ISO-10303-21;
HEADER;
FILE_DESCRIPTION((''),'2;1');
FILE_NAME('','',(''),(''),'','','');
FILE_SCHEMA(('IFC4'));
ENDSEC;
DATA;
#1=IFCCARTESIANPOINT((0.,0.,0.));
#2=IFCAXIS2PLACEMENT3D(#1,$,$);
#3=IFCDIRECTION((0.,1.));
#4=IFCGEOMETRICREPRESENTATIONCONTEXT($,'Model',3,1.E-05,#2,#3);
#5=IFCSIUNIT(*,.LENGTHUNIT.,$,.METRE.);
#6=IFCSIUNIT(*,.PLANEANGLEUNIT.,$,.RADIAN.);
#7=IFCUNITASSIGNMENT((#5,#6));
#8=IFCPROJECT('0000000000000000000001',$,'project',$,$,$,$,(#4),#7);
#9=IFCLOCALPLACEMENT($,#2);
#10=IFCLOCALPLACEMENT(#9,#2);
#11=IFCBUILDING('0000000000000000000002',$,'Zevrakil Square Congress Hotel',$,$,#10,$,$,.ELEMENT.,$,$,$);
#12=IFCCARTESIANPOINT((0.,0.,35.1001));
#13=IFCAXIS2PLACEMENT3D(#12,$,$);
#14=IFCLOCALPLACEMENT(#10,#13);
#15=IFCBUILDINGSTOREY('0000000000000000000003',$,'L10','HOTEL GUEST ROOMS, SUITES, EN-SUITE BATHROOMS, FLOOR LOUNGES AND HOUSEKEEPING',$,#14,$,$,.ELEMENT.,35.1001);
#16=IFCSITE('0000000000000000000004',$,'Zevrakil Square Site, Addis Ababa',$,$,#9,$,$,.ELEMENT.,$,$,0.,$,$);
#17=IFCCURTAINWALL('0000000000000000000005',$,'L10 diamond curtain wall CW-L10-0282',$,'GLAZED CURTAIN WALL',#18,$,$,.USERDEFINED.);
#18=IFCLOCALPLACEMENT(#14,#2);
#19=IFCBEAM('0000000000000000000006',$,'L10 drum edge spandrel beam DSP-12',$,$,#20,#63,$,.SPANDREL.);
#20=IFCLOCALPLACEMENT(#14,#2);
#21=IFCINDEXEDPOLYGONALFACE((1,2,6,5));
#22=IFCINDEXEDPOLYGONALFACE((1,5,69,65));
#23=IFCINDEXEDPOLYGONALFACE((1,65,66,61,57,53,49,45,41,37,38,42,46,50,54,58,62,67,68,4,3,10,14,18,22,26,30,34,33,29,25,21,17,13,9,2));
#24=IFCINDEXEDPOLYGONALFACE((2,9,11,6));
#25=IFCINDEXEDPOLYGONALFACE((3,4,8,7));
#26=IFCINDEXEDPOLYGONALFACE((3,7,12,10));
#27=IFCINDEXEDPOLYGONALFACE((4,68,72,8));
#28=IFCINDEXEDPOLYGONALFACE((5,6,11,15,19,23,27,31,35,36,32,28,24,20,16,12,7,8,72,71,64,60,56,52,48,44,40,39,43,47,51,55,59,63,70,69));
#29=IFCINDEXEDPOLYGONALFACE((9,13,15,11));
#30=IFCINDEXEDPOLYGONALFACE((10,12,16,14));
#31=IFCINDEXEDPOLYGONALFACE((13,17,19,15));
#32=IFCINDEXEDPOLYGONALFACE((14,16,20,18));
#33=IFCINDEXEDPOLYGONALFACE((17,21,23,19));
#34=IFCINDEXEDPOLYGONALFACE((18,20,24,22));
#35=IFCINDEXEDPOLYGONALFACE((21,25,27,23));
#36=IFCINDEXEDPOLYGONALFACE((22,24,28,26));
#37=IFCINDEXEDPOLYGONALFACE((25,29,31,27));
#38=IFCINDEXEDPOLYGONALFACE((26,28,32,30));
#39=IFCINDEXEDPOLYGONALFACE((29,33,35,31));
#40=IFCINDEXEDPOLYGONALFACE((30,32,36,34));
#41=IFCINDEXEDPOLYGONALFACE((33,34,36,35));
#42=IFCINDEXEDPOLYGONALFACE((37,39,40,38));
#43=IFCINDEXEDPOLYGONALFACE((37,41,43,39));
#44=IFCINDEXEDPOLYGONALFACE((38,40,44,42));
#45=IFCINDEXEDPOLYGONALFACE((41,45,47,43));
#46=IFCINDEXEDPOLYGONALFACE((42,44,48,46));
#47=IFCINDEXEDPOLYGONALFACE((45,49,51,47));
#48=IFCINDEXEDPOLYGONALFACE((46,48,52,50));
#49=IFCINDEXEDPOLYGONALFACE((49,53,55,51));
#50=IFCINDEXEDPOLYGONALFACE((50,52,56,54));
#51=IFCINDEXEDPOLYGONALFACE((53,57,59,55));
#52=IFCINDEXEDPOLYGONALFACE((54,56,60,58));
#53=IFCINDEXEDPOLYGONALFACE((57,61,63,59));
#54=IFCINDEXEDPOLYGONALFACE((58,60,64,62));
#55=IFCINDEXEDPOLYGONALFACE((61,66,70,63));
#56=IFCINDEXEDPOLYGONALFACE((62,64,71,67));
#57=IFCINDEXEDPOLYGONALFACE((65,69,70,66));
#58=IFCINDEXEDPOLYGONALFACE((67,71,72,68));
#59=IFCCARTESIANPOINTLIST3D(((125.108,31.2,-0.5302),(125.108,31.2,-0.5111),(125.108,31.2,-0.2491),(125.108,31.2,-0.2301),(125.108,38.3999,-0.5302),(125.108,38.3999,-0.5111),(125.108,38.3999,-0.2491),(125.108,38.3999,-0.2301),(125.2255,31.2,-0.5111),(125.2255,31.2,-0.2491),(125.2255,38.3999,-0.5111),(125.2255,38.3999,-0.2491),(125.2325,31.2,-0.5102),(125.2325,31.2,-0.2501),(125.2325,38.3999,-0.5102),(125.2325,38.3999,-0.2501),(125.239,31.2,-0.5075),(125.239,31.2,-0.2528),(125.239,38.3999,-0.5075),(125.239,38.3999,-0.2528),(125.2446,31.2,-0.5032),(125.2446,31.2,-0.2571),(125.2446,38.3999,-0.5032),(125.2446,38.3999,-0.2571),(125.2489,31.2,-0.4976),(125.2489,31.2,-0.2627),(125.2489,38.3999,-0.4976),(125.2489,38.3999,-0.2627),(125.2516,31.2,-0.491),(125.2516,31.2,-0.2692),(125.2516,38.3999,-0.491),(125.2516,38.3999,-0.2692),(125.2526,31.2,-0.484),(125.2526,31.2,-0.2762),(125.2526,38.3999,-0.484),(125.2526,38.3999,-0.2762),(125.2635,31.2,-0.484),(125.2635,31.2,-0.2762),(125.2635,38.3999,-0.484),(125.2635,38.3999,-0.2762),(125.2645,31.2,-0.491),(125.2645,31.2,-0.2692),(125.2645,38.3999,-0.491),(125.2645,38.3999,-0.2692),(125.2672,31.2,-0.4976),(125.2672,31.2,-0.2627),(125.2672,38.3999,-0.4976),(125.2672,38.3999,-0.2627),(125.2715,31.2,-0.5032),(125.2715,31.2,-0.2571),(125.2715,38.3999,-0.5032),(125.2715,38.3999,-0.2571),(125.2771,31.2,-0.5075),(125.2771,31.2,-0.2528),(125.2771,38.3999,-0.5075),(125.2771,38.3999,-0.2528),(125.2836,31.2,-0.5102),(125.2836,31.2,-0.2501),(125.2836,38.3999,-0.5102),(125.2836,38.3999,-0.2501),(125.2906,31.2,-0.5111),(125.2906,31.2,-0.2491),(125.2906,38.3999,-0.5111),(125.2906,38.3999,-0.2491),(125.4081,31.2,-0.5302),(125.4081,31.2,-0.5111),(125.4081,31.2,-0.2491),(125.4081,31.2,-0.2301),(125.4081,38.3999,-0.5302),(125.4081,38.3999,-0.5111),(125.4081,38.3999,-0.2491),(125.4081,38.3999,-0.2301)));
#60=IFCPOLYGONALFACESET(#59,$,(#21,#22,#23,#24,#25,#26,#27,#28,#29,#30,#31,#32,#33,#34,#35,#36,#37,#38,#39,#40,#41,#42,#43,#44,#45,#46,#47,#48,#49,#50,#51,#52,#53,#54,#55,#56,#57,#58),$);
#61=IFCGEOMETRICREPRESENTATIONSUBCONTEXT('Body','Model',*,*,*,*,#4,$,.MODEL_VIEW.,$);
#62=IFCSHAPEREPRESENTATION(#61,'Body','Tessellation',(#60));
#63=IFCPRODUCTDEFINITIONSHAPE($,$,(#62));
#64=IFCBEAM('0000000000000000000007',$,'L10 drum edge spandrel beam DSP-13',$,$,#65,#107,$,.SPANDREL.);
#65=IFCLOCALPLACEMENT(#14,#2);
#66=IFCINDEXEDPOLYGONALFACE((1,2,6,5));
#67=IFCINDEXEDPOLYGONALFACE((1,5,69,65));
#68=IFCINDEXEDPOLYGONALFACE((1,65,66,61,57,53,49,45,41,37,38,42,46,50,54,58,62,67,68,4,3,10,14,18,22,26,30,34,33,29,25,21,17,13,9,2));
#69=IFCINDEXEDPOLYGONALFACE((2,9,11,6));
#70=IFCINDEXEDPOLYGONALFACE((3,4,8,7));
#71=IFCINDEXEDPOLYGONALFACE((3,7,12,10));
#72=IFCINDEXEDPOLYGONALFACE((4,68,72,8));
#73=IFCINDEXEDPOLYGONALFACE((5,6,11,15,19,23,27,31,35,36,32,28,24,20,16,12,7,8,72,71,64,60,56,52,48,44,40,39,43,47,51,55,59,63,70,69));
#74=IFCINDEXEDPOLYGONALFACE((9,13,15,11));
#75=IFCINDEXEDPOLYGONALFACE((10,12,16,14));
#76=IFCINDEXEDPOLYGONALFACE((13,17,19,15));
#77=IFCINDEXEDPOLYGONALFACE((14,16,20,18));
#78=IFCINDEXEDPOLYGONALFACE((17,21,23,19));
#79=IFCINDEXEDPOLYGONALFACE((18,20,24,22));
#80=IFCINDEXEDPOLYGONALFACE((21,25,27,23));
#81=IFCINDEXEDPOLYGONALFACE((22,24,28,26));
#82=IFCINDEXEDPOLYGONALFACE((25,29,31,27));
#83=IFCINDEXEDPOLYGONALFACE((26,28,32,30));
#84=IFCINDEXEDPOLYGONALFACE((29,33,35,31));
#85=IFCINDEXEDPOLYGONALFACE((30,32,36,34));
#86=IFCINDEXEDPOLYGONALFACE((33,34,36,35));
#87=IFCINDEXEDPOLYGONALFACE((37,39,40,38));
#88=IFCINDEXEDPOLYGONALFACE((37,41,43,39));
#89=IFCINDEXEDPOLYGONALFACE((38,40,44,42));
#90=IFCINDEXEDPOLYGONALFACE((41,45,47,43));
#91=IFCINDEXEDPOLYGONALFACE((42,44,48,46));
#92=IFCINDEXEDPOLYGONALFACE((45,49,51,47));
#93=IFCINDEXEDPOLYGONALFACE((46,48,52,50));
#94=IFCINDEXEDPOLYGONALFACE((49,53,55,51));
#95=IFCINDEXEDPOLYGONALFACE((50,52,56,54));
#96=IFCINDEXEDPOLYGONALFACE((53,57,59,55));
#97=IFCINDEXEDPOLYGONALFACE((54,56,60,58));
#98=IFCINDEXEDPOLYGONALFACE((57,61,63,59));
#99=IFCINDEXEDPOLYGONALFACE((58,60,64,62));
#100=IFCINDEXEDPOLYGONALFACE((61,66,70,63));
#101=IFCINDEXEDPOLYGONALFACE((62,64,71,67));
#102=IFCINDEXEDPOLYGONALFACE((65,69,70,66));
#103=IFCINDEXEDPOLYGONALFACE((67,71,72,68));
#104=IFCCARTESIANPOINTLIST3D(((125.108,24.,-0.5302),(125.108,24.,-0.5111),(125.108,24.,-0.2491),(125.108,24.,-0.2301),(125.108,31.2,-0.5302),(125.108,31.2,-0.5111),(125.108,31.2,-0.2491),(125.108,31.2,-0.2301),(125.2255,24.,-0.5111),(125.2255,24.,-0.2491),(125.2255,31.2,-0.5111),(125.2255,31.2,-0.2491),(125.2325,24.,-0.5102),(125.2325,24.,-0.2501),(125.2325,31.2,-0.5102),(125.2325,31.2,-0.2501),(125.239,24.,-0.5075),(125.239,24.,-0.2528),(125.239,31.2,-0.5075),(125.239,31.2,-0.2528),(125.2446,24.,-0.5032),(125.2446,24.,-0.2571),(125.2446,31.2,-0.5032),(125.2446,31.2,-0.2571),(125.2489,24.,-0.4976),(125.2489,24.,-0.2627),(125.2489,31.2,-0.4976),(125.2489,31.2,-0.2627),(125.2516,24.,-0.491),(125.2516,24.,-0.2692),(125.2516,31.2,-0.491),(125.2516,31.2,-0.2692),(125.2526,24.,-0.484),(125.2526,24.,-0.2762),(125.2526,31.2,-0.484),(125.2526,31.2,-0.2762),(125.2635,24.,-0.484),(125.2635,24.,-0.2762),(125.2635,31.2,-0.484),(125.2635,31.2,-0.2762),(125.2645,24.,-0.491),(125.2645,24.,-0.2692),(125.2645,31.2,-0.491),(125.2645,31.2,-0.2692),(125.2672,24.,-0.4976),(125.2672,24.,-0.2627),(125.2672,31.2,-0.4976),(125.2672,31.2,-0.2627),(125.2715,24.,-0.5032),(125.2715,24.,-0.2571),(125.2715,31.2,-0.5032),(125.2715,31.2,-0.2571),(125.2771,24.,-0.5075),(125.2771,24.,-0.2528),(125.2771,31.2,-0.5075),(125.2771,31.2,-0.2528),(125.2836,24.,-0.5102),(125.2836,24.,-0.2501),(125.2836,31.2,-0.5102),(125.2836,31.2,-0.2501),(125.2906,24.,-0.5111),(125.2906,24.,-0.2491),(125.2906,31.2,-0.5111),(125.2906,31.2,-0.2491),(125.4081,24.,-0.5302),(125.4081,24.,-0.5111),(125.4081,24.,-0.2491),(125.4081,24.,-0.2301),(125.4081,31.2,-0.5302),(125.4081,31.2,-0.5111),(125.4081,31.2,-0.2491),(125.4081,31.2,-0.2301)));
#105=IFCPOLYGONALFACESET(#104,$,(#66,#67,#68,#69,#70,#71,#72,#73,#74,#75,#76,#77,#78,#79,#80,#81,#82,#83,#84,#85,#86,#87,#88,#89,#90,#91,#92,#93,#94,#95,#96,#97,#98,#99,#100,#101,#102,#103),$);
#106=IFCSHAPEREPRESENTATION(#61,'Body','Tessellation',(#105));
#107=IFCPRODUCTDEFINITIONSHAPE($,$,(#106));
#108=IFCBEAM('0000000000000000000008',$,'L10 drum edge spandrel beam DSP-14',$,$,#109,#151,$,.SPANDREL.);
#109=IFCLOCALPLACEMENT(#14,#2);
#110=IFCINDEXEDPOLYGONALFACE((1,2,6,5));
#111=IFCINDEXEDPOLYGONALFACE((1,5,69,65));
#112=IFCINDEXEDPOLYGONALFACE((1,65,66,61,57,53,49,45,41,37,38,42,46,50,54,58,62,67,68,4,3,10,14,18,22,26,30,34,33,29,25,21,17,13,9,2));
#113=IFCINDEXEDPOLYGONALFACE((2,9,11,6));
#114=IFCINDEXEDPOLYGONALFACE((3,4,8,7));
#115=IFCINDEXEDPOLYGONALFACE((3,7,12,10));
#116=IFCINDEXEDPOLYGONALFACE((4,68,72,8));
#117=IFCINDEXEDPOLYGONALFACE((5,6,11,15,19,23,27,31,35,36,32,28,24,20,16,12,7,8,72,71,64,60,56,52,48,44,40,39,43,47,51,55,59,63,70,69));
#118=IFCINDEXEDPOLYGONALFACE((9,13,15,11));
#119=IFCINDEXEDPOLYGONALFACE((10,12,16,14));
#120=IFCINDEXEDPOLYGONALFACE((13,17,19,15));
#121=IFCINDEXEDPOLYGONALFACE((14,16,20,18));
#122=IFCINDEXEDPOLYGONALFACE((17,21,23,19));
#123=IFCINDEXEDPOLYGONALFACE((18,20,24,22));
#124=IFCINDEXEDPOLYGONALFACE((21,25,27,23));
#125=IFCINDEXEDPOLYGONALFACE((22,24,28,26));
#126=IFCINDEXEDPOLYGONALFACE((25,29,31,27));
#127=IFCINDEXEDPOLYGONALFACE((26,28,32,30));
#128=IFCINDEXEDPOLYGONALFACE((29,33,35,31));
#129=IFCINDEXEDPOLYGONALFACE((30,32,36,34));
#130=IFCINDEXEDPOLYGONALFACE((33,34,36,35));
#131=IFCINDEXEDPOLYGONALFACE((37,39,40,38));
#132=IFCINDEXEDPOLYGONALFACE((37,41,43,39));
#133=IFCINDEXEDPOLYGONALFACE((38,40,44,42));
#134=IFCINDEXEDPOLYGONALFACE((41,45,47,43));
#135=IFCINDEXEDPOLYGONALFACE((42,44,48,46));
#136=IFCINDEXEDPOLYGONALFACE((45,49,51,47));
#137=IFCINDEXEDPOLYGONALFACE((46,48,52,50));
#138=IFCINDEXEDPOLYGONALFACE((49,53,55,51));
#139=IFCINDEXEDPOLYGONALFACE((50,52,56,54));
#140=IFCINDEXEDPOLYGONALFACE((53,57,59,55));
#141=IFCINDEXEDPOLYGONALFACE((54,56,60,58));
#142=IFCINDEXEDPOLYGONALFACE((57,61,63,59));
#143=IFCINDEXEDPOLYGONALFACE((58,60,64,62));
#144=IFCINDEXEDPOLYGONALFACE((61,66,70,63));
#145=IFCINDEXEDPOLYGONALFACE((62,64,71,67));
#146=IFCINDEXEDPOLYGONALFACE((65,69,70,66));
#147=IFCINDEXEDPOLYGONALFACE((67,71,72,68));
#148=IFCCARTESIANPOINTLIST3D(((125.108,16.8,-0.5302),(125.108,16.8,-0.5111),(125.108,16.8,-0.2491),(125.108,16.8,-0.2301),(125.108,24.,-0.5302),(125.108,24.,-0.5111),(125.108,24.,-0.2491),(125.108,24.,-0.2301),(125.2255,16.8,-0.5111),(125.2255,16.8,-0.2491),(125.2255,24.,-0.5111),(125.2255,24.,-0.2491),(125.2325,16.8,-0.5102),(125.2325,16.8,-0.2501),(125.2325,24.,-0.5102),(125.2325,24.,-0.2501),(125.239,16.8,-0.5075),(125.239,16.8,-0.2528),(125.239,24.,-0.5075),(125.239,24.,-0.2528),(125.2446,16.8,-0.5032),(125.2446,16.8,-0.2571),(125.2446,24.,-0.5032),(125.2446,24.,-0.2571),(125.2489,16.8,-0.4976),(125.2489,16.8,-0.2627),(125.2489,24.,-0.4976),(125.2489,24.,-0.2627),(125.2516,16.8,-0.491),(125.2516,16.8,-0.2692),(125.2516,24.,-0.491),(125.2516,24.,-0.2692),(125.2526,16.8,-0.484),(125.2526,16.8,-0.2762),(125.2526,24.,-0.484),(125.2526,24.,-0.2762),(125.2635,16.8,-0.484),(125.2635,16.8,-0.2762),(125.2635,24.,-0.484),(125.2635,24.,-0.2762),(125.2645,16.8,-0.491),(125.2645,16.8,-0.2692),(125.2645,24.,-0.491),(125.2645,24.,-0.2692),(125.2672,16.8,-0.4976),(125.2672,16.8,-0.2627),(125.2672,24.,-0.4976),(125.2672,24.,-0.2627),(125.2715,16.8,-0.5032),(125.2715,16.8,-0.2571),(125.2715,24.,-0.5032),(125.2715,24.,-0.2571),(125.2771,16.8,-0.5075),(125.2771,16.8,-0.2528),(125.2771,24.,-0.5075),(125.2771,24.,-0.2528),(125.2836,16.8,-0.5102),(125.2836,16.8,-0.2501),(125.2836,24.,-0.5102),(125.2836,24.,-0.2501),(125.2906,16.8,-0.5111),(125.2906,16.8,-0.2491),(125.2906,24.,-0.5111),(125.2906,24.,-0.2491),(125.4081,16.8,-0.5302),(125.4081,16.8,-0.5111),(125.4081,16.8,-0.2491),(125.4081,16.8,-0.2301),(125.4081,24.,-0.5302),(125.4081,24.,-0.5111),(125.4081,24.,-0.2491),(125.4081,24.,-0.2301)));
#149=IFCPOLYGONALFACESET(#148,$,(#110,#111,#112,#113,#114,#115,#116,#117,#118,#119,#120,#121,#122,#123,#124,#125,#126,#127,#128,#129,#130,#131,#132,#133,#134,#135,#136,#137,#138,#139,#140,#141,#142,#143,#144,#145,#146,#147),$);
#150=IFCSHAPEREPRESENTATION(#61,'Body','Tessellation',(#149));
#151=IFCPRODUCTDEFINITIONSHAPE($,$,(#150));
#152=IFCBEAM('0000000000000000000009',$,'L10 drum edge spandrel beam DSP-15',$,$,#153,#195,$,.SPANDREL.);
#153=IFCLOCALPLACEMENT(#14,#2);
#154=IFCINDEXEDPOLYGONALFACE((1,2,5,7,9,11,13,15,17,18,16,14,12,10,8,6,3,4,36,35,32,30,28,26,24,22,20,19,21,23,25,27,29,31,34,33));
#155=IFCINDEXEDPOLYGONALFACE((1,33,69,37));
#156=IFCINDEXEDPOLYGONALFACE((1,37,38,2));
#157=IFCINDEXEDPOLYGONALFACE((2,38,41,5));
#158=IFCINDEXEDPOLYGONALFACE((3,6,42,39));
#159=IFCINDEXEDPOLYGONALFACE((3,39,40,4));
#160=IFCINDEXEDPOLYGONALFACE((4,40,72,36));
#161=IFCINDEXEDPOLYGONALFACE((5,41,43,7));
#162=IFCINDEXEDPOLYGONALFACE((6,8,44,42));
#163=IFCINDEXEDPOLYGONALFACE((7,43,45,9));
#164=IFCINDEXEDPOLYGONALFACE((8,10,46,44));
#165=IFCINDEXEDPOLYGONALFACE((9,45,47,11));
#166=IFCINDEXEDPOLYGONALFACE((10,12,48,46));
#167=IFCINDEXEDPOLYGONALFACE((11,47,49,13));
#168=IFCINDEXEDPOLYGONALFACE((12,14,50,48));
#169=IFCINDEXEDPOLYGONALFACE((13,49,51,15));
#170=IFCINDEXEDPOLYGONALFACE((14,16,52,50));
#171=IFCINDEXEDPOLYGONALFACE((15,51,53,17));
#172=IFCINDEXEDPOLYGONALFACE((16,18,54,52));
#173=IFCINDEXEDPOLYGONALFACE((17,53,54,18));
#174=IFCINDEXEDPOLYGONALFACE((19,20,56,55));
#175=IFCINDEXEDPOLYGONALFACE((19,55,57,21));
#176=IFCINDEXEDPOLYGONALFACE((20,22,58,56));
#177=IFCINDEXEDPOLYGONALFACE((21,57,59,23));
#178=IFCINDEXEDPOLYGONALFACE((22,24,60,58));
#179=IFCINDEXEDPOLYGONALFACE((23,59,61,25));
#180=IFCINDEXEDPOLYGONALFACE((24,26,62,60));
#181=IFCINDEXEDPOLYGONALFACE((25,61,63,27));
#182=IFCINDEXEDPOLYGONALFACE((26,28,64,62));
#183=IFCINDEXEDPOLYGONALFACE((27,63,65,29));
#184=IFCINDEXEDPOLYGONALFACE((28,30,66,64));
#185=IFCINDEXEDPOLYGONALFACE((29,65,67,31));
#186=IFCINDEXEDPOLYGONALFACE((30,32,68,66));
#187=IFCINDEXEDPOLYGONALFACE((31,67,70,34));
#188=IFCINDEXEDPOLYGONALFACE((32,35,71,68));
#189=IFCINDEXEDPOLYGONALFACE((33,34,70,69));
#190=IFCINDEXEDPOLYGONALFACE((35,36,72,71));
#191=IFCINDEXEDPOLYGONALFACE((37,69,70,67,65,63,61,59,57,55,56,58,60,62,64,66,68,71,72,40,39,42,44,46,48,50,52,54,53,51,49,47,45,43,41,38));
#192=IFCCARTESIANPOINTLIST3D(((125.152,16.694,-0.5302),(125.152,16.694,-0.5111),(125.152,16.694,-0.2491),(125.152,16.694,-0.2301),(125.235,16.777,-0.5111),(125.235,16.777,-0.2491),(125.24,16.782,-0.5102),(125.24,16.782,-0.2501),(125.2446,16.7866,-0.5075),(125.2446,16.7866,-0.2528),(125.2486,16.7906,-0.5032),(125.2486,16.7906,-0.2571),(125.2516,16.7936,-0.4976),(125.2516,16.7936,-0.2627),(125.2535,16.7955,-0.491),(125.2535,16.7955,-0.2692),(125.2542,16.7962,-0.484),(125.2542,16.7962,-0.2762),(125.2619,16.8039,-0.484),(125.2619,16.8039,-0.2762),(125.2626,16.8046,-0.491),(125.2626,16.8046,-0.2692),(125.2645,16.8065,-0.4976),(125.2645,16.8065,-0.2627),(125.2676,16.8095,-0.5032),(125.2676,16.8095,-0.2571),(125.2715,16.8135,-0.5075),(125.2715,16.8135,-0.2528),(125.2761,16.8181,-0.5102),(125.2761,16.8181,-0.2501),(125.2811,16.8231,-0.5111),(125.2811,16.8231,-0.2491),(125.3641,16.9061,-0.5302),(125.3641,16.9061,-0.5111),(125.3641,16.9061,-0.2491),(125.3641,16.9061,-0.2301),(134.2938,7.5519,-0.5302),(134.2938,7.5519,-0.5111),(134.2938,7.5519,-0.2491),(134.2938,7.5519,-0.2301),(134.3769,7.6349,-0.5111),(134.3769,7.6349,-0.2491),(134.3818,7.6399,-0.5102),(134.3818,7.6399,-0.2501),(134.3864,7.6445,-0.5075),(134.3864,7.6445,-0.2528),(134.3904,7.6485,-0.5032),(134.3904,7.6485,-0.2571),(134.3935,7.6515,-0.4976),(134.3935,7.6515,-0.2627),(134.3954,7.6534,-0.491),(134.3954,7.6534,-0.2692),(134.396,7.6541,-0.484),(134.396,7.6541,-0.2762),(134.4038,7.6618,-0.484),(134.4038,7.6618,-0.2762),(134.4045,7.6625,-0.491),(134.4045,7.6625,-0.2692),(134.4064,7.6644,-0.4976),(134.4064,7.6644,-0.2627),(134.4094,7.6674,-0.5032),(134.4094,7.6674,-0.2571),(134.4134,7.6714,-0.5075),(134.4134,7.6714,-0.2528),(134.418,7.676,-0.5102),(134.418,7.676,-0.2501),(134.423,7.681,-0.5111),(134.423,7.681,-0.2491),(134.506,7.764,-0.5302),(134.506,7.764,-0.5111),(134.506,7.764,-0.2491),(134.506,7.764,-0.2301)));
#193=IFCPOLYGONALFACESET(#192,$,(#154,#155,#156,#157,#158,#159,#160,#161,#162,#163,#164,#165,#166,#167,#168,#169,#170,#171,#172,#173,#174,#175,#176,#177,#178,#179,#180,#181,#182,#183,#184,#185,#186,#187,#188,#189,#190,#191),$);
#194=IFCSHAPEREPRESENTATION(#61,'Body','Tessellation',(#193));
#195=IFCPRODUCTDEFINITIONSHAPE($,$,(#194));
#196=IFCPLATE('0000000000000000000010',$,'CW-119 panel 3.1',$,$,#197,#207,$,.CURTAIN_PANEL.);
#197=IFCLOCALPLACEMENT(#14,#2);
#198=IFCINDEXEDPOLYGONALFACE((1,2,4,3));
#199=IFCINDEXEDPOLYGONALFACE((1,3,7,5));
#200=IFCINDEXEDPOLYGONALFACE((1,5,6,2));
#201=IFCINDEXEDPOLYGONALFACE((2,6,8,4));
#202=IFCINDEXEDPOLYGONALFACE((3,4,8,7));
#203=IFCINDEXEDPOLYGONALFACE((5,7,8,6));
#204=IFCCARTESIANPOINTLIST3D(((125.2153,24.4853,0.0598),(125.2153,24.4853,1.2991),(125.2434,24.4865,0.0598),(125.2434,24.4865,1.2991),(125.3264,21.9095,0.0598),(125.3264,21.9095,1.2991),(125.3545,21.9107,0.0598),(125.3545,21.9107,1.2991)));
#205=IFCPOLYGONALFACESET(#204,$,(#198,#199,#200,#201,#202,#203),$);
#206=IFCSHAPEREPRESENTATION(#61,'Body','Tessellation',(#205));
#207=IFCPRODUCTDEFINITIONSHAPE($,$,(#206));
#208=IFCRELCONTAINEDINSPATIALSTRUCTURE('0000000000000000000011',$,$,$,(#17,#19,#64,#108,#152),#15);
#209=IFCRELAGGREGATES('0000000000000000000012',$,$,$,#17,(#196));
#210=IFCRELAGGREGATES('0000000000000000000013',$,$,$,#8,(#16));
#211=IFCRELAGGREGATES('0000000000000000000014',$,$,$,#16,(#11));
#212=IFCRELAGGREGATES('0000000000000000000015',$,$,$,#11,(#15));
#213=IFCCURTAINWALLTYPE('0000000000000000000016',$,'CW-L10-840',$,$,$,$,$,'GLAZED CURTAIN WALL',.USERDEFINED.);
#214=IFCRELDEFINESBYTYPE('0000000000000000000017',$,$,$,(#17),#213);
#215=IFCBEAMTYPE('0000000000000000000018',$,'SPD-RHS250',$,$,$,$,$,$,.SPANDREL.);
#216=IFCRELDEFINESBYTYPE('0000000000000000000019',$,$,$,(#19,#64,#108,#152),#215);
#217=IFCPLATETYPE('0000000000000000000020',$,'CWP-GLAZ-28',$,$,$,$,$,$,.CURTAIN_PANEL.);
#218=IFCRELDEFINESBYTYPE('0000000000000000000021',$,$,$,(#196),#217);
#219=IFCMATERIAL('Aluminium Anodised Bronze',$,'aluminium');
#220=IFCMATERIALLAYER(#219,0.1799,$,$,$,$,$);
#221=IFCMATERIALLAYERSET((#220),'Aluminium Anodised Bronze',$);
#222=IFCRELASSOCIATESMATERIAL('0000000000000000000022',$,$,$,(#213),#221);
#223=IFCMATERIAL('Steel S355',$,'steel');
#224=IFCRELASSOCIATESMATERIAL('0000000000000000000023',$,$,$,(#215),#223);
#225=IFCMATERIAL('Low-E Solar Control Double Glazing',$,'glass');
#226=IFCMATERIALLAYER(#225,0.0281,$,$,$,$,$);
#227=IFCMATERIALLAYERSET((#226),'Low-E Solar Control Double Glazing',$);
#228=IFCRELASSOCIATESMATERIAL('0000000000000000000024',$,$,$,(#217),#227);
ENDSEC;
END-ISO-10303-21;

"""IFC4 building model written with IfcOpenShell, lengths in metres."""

from ifc_helpers import new_model, si_unit, direction, frame, origin, origin_2d, place, context, subcontext, project, spatial, rectangle, i_section, extrude, material, layer, layer_set, material_profile, profile_set, type_object, element, aggregate, save


model = new_model("IFC4")

# Units and contexts
model_context = context("Model", 3, precision=1e-05, world=origin(), true_north=direction((0.0, 1.0)))
body_context = subcontext(model_context, "Body", "Model", "MODEL_VIEW")
ifc_project = project(units=[si_unit("LENGTHUNIT", "METRE"), si_unit("PLANEANGLEUNIT", "RADIAN")], contexts=[model_context])

# Site, building, storey
site_placement = place(None, origin())
site = spatial("IfcSite", under=ifc_project, at=site_placement, Name="Zevrakil Square Site, Addis Ababa", CompositionType="ELEMENT", RefElevation=0.0)
building_placement = place(site_placement, origin())
building = spatial("IfcBuilding", under=site, at=building_placement, Name="Zevrakil Square Congress Hotel", CompositionType="ELEMENT")
storey_placement = place(building_placement, frame((0.0, 0.0, 35.1001)))
storey = spatial("IfcBuildingStorey", under=building, at=storey_placement, Name="L10", Description="HOTEL GUEST ROOMS, SUITES, EN-SUITE BATHROOMS, FLOOR LOUNGES AND HOUSEKEEPING", CompositionType="ELEMENT", Elevation=35.1001)

# Curtain wall
ifc_material_1 = material(Name="Aluminium Anodised Bronze", Category="aluminium")
ifc_layer_1 = layer(ifc_material_1, 0.1799)
ifc_layer_set_1 = layer_set([ifc_layer_1], Name="Aluminium Anodised Bronze")
curtain_wall_type_1 = type_object("IfcCurtainWallType", Name="CW-L10-840", ElementType="GLAZED CURTAIN WALL", PredefinedType="USERDEFINED", material=ifc_layer_set_1)
curtain_wall_1_placement = place(storey_placement, origin())
curtain_wall_1 = element("IfcCurtainWall", 1, at=curtain_wall_1_placement, inside=storey, type_object=curtain_wall_type_1, Name="L10 diamond curtain wall CW-L10-0282", ObjectType="GLAZED CURTAIN WALL", PredefinedType="USERDEFINED")

# Beams
ifc_material_2 = material(Name="Steel S355", Category="steel")
ifc_material_profile_1 = material_profile(ifc_material_2, i_section(OverallWidth=0.3, OverallDepth=0.3, WebThickness=0.011, FlangeThickness=0.019, FilletRadius=0.0271, at=origin_2d()), Name="HEB 300")
ifc_profile_set_1 = profile_set([ifc_material_profile_1], Name="Steel S355")
beam_type = type_object("IfcBeamType", Name="SPD-RHS250", PredefinedType="SPANDREL", material=ifc_profile_set_1)
for number, where, z_axis, x_axis, name in (
    (2, (125.2581, 38.3999, -0.3801), (0.0, -1.0, 0.0), (1.0, 0.0, 0.0), "L10 drum edge spandrel beam DSP-12"),
    (3, (125.2581, 31.2, -0.3801), (0.0, -1.0, 0.0), (1.0, 0.0, 0.0), "L10 drum edge spandrel beam DSP-13"),
    (4, (125.2581, 24.0, -0.3801), (0.0, -1.0, 0.0), (1.0, 0.0, 0.0), "L10 drum edge spandrel beam DSP-14"),
):
    element("IfcBeam", number, at=place(storey_placement, frame(where, z_axis=z_axis, x_axis=x_axis)), inside=storey, type_object=beam_type, Name=name, PredefinedType="SPANDREL", context=body_context, shape_type="SweptSolid", body=[
        extrude(i_section(OverallWidth=0.3, OverallDepth=0.3, WebThickness=0.011, FlangeThickness=0.019, FilletRadius=0.0271, at=origin_2d()), origin(), (0.0, 0.0, 1.0), 7.2),
    ])
beam_placement = place(storey_placement, frame((125.2581, 16.8, -0.3801), z_axis=(0.707097, -0.707116, 0.0), x_axis=(0.707116, 0.707097, 0.0)))
element("IfcBeam", 5, at=beam_placement, inside=storey, type_object=beam_type, Name="L10 drum edge spandrel beam DSP-15", PredefinedType="SPANDREL", context=body_context, shape_type="SweptSolid", body=[
    extrude(i_section(OverallWidth=0.3, OverallDepth=0.3, WebThickness=0.011, FlangeThickness=0.019, FilletRadius=0.0271, at=origin_2d()), origin(), (0.0, 0.0, 1.0), 12.9287),
])

# Plate
ifc_material_3 = material(Name="Low-E Solar Control Double Glazing", Category="glass")
ifc_layer_2 = layer(ifc_material_3, 0.0281)
ifc_layer_set_2 = layer_set([ifc_layer_2], Name="Low-E Solar Control Double Glazing")
plate_type_1 = type_object("IfcPlateType", Name="CWP-GLAZ-28", PredefinedType="CURTAIN_PANEL", material=ifc_layer_set_2)
plate_1_placement = place(storey_placement, frame((125.2849, 23.198, 0.0598), z_axis=(0.0, 0.0, 1.0), x_axis=(0.043102, -0.999071, 0.0)))
plate_1 = element("IfcPlate", 6, at=plate_1_placement, type_object=plate_type_1, Name="CW-119 panel 3.1", PredefinedType="CURTAIN_PANEL", context=body_context, shape_type="SweptSolid", body=[
    extrude(rectangle(XDim=2.5781, YDim=0.0281, at=origin_2d()), origin(), (0.0, 0.0, 1.0), 1.2393),
])
aggregate(curtain_wall_1, [plate_1])

save(model, "model.ifc")
